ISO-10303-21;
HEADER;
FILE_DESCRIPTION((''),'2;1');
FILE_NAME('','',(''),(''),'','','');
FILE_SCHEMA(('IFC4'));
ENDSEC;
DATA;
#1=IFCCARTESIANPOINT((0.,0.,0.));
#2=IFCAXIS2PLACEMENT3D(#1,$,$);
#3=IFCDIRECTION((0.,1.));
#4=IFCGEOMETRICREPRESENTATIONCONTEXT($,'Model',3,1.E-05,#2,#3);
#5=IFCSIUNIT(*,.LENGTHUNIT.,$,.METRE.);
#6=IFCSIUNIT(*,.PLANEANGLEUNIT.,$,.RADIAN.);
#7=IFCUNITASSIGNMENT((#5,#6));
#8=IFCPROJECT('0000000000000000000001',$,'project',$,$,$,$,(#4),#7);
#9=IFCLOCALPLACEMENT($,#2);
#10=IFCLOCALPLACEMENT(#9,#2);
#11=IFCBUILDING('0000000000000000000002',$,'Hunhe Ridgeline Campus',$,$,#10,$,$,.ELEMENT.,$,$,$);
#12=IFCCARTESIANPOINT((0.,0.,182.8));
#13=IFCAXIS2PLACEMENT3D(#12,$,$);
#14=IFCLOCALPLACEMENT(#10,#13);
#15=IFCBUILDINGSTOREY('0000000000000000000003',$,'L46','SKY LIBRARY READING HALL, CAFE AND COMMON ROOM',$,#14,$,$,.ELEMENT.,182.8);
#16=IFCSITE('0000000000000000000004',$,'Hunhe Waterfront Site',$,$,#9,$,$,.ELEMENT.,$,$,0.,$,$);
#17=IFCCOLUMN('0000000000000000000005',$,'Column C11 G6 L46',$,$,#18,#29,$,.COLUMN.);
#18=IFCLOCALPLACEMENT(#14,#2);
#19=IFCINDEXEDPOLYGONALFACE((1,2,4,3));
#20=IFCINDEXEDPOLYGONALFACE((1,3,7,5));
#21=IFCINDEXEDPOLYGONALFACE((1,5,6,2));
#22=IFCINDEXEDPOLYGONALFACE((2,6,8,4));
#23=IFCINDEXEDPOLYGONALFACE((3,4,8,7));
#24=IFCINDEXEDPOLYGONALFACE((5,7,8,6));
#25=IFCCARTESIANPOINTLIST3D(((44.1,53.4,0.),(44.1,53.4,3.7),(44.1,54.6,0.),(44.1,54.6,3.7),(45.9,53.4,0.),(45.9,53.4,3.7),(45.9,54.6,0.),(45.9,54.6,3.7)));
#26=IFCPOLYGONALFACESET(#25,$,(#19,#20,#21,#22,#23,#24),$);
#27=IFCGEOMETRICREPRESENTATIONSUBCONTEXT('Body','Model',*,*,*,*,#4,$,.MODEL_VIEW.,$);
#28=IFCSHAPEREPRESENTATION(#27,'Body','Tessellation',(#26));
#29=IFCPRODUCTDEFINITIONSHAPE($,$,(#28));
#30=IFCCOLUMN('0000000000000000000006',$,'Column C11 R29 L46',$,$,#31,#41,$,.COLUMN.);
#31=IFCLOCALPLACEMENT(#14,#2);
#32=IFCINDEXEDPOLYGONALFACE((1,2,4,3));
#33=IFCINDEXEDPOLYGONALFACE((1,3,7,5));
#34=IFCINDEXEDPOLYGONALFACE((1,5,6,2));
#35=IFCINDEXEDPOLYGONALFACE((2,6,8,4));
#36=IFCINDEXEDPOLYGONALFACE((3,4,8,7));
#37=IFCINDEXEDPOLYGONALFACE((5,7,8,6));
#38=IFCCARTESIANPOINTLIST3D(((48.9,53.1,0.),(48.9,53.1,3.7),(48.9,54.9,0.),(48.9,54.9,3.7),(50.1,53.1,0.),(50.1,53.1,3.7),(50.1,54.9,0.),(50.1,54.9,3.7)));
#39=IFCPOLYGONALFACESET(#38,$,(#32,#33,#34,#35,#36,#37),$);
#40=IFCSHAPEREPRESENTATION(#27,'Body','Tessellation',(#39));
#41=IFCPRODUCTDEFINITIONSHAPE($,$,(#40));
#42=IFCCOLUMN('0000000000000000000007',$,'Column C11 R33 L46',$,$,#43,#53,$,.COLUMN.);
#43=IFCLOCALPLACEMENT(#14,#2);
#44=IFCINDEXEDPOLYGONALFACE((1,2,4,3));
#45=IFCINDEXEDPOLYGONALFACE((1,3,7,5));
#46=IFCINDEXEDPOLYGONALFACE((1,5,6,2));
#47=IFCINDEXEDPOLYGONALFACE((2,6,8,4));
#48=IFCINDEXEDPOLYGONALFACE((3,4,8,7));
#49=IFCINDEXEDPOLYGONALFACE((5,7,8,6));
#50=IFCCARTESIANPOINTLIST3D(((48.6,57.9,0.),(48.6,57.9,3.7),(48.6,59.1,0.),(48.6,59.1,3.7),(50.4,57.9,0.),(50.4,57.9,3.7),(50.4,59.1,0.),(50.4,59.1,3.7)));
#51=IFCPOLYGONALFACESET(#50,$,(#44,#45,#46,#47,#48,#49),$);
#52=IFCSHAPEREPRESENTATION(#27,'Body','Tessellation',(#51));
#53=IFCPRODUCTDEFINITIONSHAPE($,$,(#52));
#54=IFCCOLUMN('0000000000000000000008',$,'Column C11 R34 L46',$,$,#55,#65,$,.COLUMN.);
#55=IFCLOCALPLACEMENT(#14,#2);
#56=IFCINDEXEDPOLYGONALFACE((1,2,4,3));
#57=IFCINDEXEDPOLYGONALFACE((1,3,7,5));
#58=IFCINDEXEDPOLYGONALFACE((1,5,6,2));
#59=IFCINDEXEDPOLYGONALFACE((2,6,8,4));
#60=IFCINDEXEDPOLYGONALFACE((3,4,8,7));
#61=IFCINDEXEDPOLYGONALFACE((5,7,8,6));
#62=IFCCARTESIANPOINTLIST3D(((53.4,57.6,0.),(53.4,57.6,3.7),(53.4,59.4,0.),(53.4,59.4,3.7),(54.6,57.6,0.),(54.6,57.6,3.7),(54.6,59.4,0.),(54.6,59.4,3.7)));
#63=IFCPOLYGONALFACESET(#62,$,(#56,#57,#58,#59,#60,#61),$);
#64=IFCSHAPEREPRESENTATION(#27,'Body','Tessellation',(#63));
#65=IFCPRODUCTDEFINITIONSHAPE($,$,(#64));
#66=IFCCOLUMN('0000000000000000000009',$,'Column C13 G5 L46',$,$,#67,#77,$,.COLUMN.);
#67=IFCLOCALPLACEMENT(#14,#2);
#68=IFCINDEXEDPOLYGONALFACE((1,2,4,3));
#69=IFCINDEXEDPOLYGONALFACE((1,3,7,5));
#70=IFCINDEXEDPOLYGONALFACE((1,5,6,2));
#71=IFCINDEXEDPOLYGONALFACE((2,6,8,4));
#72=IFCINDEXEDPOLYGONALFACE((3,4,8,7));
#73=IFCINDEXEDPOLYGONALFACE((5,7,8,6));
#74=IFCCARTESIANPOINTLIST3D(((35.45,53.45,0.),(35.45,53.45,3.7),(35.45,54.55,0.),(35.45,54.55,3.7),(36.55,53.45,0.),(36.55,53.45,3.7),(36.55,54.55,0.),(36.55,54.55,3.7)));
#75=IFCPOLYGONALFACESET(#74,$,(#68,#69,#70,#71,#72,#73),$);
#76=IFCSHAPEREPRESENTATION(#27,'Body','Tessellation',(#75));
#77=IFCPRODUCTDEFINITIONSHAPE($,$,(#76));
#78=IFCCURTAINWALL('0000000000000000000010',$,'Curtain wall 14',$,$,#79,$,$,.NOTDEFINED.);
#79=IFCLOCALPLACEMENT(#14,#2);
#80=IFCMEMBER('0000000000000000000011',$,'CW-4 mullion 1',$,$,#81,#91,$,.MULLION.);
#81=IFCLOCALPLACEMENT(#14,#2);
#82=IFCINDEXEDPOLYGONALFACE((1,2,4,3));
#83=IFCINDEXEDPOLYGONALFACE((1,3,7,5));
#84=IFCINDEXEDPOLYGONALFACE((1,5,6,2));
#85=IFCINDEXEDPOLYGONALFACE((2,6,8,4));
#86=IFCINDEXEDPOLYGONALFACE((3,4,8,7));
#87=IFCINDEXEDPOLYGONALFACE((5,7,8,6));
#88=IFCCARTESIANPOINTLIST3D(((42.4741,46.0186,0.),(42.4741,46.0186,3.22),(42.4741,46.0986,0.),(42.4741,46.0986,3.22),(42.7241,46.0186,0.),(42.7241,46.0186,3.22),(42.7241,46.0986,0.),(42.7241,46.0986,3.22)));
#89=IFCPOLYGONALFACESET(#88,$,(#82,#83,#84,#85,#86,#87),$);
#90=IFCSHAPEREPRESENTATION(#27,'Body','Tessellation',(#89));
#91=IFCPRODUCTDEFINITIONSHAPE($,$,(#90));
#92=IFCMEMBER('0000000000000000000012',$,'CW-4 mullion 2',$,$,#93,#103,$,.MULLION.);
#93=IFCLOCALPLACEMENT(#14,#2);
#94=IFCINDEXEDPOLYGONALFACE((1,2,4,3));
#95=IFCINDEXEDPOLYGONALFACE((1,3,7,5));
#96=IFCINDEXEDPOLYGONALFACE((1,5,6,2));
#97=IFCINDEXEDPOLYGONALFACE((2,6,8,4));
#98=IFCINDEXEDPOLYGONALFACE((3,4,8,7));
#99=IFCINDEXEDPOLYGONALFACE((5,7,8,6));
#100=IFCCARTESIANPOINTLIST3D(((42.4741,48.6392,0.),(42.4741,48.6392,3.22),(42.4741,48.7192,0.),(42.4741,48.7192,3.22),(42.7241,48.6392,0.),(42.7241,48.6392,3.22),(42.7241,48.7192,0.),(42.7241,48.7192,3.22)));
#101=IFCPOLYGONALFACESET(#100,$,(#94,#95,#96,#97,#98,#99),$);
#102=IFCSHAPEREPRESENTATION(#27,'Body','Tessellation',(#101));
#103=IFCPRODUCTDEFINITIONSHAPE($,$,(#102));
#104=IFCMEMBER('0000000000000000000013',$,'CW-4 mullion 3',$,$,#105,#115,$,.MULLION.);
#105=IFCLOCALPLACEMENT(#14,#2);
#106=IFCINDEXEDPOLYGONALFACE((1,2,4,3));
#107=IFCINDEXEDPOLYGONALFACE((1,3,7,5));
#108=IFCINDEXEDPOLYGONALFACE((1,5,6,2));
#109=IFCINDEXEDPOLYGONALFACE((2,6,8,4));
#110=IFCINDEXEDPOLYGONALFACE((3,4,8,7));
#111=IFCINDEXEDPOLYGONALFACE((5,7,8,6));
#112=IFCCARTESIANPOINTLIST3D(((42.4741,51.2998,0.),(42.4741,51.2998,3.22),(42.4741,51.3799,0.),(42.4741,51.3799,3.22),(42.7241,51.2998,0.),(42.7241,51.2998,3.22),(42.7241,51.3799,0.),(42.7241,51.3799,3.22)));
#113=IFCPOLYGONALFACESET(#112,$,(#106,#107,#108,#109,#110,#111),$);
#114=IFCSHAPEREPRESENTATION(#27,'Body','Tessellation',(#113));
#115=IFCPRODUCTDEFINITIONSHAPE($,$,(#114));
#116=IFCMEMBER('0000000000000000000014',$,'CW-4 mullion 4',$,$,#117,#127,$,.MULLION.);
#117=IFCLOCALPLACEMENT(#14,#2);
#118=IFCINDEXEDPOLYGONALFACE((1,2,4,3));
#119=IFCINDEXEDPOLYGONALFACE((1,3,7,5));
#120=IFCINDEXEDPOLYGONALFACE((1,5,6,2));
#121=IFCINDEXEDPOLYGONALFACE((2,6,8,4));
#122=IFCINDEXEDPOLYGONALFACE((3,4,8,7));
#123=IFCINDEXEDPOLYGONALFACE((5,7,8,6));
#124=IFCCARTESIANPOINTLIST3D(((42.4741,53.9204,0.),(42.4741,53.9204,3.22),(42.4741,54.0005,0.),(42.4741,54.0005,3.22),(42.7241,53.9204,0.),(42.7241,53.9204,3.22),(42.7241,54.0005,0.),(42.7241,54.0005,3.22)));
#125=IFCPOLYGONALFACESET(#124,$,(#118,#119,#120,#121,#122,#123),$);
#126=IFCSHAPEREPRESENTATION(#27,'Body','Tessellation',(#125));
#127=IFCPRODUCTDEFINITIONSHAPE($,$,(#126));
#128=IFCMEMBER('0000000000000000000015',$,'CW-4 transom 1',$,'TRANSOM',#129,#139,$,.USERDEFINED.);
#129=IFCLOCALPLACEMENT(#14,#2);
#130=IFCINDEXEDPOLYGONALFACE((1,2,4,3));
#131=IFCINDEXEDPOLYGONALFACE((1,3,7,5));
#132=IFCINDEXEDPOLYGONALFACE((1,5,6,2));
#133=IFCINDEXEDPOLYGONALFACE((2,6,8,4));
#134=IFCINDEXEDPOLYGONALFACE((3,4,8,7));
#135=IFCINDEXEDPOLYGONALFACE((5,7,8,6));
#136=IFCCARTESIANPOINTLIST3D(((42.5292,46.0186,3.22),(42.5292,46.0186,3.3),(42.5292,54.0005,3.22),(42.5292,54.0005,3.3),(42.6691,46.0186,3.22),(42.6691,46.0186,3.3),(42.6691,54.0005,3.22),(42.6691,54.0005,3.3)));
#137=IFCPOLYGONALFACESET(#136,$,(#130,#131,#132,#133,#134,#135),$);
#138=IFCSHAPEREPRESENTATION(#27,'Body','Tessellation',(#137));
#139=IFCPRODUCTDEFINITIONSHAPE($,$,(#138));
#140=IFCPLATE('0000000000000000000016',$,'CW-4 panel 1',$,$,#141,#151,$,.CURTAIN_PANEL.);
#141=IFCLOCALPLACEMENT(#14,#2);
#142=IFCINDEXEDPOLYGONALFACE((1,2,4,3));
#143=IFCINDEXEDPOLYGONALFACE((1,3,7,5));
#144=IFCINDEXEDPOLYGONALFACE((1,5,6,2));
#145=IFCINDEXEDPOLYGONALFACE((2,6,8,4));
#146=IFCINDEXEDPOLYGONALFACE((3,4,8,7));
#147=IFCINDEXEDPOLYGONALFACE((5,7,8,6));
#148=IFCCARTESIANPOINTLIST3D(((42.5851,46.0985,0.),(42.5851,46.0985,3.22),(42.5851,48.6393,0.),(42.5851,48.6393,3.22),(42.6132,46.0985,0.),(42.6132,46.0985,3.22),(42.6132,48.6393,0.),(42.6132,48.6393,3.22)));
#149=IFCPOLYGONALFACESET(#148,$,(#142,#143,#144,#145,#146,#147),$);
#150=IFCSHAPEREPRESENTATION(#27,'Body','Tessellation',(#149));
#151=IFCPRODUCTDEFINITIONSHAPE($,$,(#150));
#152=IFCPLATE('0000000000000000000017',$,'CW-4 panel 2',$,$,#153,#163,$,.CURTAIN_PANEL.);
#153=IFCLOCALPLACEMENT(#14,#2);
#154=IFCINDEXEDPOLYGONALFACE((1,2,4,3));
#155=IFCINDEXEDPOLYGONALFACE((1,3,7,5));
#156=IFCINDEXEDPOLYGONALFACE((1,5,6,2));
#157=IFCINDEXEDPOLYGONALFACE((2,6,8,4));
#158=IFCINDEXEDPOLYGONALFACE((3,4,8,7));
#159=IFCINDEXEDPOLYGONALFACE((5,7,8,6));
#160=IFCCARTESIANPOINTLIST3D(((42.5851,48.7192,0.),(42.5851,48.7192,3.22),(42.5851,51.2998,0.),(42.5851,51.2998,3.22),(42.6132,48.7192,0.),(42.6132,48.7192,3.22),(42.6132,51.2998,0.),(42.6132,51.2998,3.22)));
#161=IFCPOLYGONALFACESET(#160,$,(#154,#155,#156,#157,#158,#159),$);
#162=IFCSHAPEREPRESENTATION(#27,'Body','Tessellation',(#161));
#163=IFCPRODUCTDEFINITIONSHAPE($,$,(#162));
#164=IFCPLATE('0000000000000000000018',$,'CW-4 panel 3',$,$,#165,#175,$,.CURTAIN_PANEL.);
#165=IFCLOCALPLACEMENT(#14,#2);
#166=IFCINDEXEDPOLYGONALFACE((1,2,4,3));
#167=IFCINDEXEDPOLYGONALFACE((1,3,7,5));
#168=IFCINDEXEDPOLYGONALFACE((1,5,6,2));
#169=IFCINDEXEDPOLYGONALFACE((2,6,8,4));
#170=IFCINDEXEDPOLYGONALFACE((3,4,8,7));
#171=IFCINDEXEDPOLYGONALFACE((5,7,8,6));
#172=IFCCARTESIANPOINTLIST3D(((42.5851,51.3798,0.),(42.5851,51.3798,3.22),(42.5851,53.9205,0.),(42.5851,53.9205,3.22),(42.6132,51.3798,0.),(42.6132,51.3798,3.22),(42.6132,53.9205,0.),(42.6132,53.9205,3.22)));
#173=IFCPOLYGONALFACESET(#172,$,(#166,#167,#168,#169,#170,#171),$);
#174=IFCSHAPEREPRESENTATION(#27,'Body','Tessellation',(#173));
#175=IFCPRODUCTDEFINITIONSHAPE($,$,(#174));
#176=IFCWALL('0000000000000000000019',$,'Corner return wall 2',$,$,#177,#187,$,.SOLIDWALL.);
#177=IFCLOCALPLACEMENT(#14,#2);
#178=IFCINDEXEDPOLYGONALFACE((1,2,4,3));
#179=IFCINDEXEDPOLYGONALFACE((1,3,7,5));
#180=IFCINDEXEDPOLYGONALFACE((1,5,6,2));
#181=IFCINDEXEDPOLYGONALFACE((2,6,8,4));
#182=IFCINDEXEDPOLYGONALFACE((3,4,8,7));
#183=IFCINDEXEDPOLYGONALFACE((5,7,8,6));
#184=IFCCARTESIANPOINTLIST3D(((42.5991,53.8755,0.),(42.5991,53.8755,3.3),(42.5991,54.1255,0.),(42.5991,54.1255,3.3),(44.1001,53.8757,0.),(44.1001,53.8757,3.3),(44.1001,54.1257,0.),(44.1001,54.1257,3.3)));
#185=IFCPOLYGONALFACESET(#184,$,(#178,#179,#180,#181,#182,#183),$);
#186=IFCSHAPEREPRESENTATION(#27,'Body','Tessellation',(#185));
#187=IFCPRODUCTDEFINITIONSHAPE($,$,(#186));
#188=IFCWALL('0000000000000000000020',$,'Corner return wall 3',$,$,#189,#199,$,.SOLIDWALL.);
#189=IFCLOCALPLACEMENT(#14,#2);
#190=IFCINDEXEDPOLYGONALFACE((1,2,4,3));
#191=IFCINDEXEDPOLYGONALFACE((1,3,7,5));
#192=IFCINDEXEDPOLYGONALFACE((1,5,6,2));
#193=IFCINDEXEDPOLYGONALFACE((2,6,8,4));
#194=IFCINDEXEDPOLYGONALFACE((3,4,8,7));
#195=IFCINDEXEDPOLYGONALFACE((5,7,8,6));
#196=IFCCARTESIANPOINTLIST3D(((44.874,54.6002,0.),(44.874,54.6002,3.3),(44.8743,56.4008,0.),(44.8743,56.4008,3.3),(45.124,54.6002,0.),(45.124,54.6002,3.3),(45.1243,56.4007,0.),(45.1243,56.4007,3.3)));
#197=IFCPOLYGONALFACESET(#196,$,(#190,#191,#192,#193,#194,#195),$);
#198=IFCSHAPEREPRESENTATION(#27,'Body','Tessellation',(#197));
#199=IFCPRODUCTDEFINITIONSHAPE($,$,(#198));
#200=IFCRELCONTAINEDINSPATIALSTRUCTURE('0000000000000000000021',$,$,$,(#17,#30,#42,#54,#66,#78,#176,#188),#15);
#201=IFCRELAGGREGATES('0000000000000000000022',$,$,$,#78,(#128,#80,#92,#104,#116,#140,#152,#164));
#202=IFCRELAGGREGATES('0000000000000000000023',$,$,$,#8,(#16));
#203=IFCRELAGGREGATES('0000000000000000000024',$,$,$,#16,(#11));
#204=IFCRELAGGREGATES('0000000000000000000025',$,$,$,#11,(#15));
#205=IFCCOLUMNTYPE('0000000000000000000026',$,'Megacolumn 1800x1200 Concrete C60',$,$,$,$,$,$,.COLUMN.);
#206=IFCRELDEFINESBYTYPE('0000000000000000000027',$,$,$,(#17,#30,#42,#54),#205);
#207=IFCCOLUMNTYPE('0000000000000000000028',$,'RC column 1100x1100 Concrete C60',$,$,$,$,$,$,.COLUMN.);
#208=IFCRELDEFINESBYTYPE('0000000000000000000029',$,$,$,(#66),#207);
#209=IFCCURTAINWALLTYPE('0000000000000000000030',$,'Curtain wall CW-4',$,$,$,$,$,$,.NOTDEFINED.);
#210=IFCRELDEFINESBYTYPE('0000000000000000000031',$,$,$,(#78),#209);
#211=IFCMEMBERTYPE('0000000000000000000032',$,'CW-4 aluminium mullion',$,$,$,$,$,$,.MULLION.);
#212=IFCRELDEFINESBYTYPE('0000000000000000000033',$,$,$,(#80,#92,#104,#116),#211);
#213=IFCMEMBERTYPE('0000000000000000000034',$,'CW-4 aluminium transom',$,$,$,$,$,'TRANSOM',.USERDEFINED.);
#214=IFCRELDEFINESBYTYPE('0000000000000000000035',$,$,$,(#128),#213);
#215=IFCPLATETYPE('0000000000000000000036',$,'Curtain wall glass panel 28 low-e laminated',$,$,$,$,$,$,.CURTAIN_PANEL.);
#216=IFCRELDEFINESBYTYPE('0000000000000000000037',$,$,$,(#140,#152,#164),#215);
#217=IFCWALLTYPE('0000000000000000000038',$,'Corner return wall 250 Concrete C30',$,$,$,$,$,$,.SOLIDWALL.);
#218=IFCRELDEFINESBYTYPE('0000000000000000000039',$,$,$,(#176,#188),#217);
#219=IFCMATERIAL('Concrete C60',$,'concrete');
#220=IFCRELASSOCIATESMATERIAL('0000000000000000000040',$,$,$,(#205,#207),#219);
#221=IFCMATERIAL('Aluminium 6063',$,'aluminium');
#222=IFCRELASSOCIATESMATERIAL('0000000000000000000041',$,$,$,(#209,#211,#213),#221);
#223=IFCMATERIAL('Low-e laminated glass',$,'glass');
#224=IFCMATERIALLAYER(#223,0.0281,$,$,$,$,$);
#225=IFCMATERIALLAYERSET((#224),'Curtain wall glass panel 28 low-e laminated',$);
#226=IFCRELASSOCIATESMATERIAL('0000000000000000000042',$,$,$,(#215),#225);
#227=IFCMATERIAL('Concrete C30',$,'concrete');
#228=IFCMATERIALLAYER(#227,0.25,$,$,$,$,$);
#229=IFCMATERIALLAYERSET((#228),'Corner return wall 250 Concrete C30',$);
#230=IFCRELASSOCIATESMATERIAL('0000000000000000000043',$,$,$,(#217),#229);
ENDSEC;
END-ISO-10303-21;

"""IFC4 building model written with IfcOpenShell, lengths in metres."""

from ifc_helpers import new_model, si_unit, direction, frame, frame_2d, origin, origin_2d, place, context, subcontext, project, spatial, rectangle, extrude, material, layer, layer_set, material_profile, profile_set, type_object, element, aggregate, save


model = new_model("IFC4")

# Units and contexts
model_context = context("Model", 3, precision=1e-05, world=origin(), true_north=direction((0.0, 1.0)))
body_context = subcontext(model_context, "Body", "Model", "MODEL_VIEW")
ifc_project = project(units=[si_unit("LENGTHUNIT", "METRE"), si_unit("PLANEANGLEUNIT", "RADIAN")], contexts=[model_context])

# Site, building, storey
site_placement = place(None, origin())
site = spatial("IfcSite", under=ifc_project, at=site_placement, Name="Hunhe Waterfront Site", CompositionType="ELEMENT", RefElevation=0.0)
building_placement = place(site_placement, origin())
building = spatial("IfcBuilding", under=site, at=building_placement, Name="Hunhe Ridgeline Campus", CompositionType="ELEMENT")
storey_placement = place(building_placement, frame((0.0, 0.0, 182.8)))
storey = spatial("IfcBuildingStorey", under=building, at=storey_placement, Name="L46", Description="SKY LIBRARY READING HALL, CAFE AND COMMON ROOM", CompositionType="ELEMENT", Elevation=182.8)

# Columns
ifc_material_1 = material(Name="Concrete C60", Category="concrete")
ifc_material_profile_1 = material_profile(ifc_material_1, rectangle(XDim=1.8, YDim=1.2, at=origin_2d()))
ifc_profile_set_1 = profile_set([ifc_material_profile_1], Name="Concrete C60")
column_type_1 = type_object("IfcColumnType", Name="Megacolumn 1800x1200 Concrete C60", PredefinedType="COLUMN", material=ifc_profile_set_1)
for number, where, z_axis, x_axis, name in (
    (1, (45.0, 54.0, 0.0), (0.0, 0.0, 1.0), (1.0, 0.0, 0.0), "Column C11 G6 L46"),
    (2, (49.5, 54.0, 0.0), (0.0, 0.0, 1.0), (0.0, 1.0, 0.0), "Column C11 R29 L46"),
    (3, (49.5, 58.5, 0.0), (0.0, 0.0, 1.0), (1.0, 0.0, 0.0), "Column C11 R33 L46"),
    (4, (54.0, 58.5, 0.0), (0.0, 0.0, 1.0), (0.0, 1.0, 0.0), "Column C11 R34 L46"),
):
    element("IfcColumn", number, at=place(storey_placement, frame(where, z_axis=z_axis, x_axis=x_axis)), inside=storey, type_object=column_type_1, Name=name, PredefinedType="COLUMN", context=body_context, shape_type="SweptSolid", body=[
        extrude(rectangle(XDim=1.8, YDim=1.2, at=origin_2d()), origin(), (0.0, 0.0, 1.0), 3.7),
    ])
ifc_material_profile_2 = material_profile(ifc_material_1, rectangle(XDim=1.1001, YDim=1.1001, at=origin_2d()))
ifc_profile_set_2 = profile_set([ifc_material_profile_2], Name="Concrete C60")
column_type_2 = type_object("IfcColumnType", Name="RC column 1100x1100 Concrete C60", PredefinedType="COLUMN", material=ifc_profile_set_2)
column_placement = place(storey_placement, frame((36.0, 54.0, 0.0), z_axis=(0.0, 0.0, 1.0), x_axis=(1.0, 0.0, 0.0)))
element("IfcColumn", 5, at=column_placement, inside=storey, type_object=column_type_2, Name="Column C13 G5 L46", PredefinedType="COLUMN", context=body_context, shape_type="SweptSolid", body=[
    extrude(rectangle(XDim=1.1001, YDim=1.1001, at=origin_2d()), origin(), (0.0, 0.0, 1.0), 3.7),
])

# Curtain wall, members, plates
ifc_material_2 = material(Name="Aluminium 6063", Category="aluminium")
curtain_wall_type = type_object("IfcCurtainWallType", Name="Curtain wall CW-4", PredefinedType="NOTDEFINED", material=ifc_material_2)
curtain_wall_placement = place(storey_placement, origin())
curtain_wall = element("IfcCurtainWall", 6, at=curtain_wall_placement, inside=storey, type_object=curtain_wall_type, Name="Curtain wall 14", PredefinedType="NOTDEFINED")
ifc_material_profile_3 = material_profile(ifc_material_2, rectangle(XDim=0.25, YDim=0.0801, at=origin_2d()))
ifc_profile_set_3 = profile_set([ifc_material_profile_3], Name="Aluminium 6063")
member_type_1 = type_object("IfcMemberType", Name="CW-4 aluminium mullion", PredefinedType="MULLION", material=ifc_profile_set_3)
member_1_placement = place(storey_placement, frame((42.5991, 46.0586, 0.0), z_axis=(0.0, 0.0, 1.0), x_axis=(-1.0, 0.000007, 0.0)))
member_1 = element("IfcMember", 7, at=member_1_placement, type_object=member_type_1, Name="CW-4 mullion 1", PredefinedType="MULLION", context=body_context, shape_type="SweptSolid", body=[
    extrude(rectangle(XDim=0.25, YDim=0.0801, at=origin_2d()), origin(), (0.0, 0.0, 1.0), 3.22),
])
member_2_placement = place(storey_placement, frame((42.5991, 48.6792, 0.0), z_axis=(0.0, 0.0, 1.0), x_axis=(-1.0, 0.000007, 0.0)))
member_2 = element("IfcMember", 8, at=member_2_placement, type_object=member_type_1, Name="CW-4 mullion 2", PredefinedType="MULLION", context=body_context, shape_type="SweptSolid", body=[
    extrude(rectangle(XDim=0.25, YDim=0.0801, at=origin_2d()), origin(), (0.0, 0.0, 1.0), 3.22),
])
member_3_placement = place(storey_placement, frame((42.5991, 51.3398, 0.0), z_axis=(0.0, 0.0, 1.0), x_axis=(-1.0, 0.000007, 0.0)))
member_3 = element("IfcMember", 9, at=member_3_placement, type_object=member_type_1, Name="CW-4 mullion 3", PredefinedType="MULLION", context=body_context, shape_type="SweptSolid", body=[
    extrude(rectangle(XDim=0.25, YDim=0.0801, at=origin_2d()), origin(), (0.0, 0.0, 1.0), 3.22),
])
member_4_placement = place(storey_placement, frame((42.5991, 53.9604, 0.0), z_axis=(0.0, 0.0, 1.0), x_axis=(-1.0, 0.000007, 0.0)))
member_4 = element("IfcMember", 10, at=member_4_placement, type_object=member_type_1, Name="CW-4 mullion 4", PredefinedType="MULLION", context=body_context, shape_type="SweptSolid", body=[
    extrude(rectangle(XDim=0.25, YDim=0.0801, at=origin_2d()), origin(), (0.0, 0.0, 1.0), 3.22),
])
ifc_material_profile_4 = material_profile(ifc_material_2, rectangle(XDim=0.1399, YDim=0.0801, at=origin_2d()))
ifc_profile_set_4 = profile_set([ifc_material_profile_4], Name="Aluminium 6063")
member_type_2 = type_object("IfcMemberType", Name="CW-4 aluminium transom", ElementType="TRANSOM", PredefinedType="USERDEFINED", material=ifc_profile_set_4)
member_5_placement = place(storey_placement, frame((42.5991, 46.0186, 3.26), z_axis=(0.0, 1.0, 0.0), x_axis=(-1.0, 0.0, 0.0)))
member_5 = element("IfcMember", 11, at=member_5_placement, type_object=member_type_2, Name="CW-4 transom 1", ObjectType="TRANSOM", PredefinedType="USERDEFINED", context=body_context, shape_type="SweptSolid", body=[
    extrude(rectangle(XDim=0.1399, YDim=0.0801, at=origin_2d()), origin(), (0.0, 0.0, 1.0), 7.9819),
])
ifc_material_3 = material(Name="Low-e laminated glass", Category="glass")
ifc_layer_1 = layer(ifc_material_3, 0.0281)
ifc_layer_set_1 = layer_set([ifc_layer_1], Name="Curtain wall glass panel 28 low-e laminated")
plate_type = type_object("IfcPlateType", Name="Curtain wall glass panel 28 low-e laminated", PredefinedType="CURTAIN_PANEL", material=ifc_layer_set_1)
plate_1_placement = place(storey_placement, frame((42.5991, 47.3689, 0.0), z_axis=(0.0, 0.0, 1.0), x_axis=(0.000007, 1.0, 0.0)))
plate_1 = element("IfcPlate", 12, at=plate_1_placement, type_object=plate_type, Name="CW-4 panel 1", PredefinedType="CURTAIN_PANEL", context=body_context, shape_type="SweptSolid", body=[
    extrude(rectangle(XDim=2.5408, YDim=0.0281, at=origin_2d()), origin(), (0.0, 0.0, 1.0), 3.22),
])
plate_2_placement = place(storey_placement, frame((42.5991, 50.0095, 0.0), z_axis=(0.0, 0.0, 1.0), x_axis=(0.000007, 1.0, 0.0)))
plate_2 = element("IfcPlate", 13, at=plate_2_placement, type_object=plate_type, Name="CW-4 panel 2", PredefinedType="CURTAIN_PANEL", context=body_context, shape_type="SweptSolid", body=[
    extrude(rectangle(XDim=2.5806, YDim=0.0281, at=origin_2d()), origin(), (0.0, 0.0, 1.0), 3.22),
])
plate_3_placement = place(storey_placement, frame((42.5991, 52.6501, 0.0), z_axis=(0.0, 0.0, 1.0), x_axis=(0.000007, 1.0, 0.0)))
plate_3 = element("IfcPlate", 14, at=plate_3_placement, type_object=plate_type, Name="CW-4 panel 3", PredefinedType="CURTAIN_PANEL", context=body_context, shape_type="SweptSolid", body=[
    extrude(rectangle(XDim=2.5408, YDim=0.0281, at=origin_2d()), origin(), (0.0, 0.0, 1.0), 3.22),
])
aggregate(curtain_wall, [member_5, member_1, member_2, member_3, member_4, plate_1, plate_2, plate_3])

# Walls
ifc_material_4 = material(Name="Concrete C30", Category="concrete")
ifc_layer_2 = layer(ifc_material_4, 0.25)
ifc_layer_set_2 = layer_set([ifc_layer_2], Name="Corner return wall 250 Concrete C30")
wall_type_1 = type_object("IfcWallType", Name="Corner return wall 250 Concrete C30", PredefinedType="SOLIDWALL", material=ifc_layer_set_2)
wall_1_placement = place(storey_placement, frame((42.5991, 54.0005, 0.0), z_axis=(0.0, 0.0, 1.0), x_axis=(1.0, 0.000163, 0.0)))
element("IfcWall", 15, at=wall_1_placement, inside=storey, type_object=wall_type_1, Name="Corner return wall 2", PredefinedType="SOLIDWALL", context=body_context, shape_type="SweptSolid", body=[
    extrude(rectangle(XDim=1.501, YDim=0.25, at=frame_2d((0.7505, 0.0))), origin(), (0.0, 0.0, 1.0), 3.3),
])
wall_2_placement = place(storey_placement, frame((44.999, 54.6001, 0.0), z_axis=(0.0, 0.0, 1.0), x_axis=(0.000136, 1.0, 0.0)))
element("IfcWall", 16, at=wall_2_placement, inside=storey, type_object=wall_type_1, Name="Corner return wall 3", PredefinedType="SOLIDWALL", context=body_context, shape_type="SweptSolid", body=[
    extrude(rectangle(XDim=1.8005, YDim=0.25, at=frame_2d((0.9004, 0.0))), origin(), (0.0, 0.0, 1.0), 3.3),
])

save(model, "model.ifc")
